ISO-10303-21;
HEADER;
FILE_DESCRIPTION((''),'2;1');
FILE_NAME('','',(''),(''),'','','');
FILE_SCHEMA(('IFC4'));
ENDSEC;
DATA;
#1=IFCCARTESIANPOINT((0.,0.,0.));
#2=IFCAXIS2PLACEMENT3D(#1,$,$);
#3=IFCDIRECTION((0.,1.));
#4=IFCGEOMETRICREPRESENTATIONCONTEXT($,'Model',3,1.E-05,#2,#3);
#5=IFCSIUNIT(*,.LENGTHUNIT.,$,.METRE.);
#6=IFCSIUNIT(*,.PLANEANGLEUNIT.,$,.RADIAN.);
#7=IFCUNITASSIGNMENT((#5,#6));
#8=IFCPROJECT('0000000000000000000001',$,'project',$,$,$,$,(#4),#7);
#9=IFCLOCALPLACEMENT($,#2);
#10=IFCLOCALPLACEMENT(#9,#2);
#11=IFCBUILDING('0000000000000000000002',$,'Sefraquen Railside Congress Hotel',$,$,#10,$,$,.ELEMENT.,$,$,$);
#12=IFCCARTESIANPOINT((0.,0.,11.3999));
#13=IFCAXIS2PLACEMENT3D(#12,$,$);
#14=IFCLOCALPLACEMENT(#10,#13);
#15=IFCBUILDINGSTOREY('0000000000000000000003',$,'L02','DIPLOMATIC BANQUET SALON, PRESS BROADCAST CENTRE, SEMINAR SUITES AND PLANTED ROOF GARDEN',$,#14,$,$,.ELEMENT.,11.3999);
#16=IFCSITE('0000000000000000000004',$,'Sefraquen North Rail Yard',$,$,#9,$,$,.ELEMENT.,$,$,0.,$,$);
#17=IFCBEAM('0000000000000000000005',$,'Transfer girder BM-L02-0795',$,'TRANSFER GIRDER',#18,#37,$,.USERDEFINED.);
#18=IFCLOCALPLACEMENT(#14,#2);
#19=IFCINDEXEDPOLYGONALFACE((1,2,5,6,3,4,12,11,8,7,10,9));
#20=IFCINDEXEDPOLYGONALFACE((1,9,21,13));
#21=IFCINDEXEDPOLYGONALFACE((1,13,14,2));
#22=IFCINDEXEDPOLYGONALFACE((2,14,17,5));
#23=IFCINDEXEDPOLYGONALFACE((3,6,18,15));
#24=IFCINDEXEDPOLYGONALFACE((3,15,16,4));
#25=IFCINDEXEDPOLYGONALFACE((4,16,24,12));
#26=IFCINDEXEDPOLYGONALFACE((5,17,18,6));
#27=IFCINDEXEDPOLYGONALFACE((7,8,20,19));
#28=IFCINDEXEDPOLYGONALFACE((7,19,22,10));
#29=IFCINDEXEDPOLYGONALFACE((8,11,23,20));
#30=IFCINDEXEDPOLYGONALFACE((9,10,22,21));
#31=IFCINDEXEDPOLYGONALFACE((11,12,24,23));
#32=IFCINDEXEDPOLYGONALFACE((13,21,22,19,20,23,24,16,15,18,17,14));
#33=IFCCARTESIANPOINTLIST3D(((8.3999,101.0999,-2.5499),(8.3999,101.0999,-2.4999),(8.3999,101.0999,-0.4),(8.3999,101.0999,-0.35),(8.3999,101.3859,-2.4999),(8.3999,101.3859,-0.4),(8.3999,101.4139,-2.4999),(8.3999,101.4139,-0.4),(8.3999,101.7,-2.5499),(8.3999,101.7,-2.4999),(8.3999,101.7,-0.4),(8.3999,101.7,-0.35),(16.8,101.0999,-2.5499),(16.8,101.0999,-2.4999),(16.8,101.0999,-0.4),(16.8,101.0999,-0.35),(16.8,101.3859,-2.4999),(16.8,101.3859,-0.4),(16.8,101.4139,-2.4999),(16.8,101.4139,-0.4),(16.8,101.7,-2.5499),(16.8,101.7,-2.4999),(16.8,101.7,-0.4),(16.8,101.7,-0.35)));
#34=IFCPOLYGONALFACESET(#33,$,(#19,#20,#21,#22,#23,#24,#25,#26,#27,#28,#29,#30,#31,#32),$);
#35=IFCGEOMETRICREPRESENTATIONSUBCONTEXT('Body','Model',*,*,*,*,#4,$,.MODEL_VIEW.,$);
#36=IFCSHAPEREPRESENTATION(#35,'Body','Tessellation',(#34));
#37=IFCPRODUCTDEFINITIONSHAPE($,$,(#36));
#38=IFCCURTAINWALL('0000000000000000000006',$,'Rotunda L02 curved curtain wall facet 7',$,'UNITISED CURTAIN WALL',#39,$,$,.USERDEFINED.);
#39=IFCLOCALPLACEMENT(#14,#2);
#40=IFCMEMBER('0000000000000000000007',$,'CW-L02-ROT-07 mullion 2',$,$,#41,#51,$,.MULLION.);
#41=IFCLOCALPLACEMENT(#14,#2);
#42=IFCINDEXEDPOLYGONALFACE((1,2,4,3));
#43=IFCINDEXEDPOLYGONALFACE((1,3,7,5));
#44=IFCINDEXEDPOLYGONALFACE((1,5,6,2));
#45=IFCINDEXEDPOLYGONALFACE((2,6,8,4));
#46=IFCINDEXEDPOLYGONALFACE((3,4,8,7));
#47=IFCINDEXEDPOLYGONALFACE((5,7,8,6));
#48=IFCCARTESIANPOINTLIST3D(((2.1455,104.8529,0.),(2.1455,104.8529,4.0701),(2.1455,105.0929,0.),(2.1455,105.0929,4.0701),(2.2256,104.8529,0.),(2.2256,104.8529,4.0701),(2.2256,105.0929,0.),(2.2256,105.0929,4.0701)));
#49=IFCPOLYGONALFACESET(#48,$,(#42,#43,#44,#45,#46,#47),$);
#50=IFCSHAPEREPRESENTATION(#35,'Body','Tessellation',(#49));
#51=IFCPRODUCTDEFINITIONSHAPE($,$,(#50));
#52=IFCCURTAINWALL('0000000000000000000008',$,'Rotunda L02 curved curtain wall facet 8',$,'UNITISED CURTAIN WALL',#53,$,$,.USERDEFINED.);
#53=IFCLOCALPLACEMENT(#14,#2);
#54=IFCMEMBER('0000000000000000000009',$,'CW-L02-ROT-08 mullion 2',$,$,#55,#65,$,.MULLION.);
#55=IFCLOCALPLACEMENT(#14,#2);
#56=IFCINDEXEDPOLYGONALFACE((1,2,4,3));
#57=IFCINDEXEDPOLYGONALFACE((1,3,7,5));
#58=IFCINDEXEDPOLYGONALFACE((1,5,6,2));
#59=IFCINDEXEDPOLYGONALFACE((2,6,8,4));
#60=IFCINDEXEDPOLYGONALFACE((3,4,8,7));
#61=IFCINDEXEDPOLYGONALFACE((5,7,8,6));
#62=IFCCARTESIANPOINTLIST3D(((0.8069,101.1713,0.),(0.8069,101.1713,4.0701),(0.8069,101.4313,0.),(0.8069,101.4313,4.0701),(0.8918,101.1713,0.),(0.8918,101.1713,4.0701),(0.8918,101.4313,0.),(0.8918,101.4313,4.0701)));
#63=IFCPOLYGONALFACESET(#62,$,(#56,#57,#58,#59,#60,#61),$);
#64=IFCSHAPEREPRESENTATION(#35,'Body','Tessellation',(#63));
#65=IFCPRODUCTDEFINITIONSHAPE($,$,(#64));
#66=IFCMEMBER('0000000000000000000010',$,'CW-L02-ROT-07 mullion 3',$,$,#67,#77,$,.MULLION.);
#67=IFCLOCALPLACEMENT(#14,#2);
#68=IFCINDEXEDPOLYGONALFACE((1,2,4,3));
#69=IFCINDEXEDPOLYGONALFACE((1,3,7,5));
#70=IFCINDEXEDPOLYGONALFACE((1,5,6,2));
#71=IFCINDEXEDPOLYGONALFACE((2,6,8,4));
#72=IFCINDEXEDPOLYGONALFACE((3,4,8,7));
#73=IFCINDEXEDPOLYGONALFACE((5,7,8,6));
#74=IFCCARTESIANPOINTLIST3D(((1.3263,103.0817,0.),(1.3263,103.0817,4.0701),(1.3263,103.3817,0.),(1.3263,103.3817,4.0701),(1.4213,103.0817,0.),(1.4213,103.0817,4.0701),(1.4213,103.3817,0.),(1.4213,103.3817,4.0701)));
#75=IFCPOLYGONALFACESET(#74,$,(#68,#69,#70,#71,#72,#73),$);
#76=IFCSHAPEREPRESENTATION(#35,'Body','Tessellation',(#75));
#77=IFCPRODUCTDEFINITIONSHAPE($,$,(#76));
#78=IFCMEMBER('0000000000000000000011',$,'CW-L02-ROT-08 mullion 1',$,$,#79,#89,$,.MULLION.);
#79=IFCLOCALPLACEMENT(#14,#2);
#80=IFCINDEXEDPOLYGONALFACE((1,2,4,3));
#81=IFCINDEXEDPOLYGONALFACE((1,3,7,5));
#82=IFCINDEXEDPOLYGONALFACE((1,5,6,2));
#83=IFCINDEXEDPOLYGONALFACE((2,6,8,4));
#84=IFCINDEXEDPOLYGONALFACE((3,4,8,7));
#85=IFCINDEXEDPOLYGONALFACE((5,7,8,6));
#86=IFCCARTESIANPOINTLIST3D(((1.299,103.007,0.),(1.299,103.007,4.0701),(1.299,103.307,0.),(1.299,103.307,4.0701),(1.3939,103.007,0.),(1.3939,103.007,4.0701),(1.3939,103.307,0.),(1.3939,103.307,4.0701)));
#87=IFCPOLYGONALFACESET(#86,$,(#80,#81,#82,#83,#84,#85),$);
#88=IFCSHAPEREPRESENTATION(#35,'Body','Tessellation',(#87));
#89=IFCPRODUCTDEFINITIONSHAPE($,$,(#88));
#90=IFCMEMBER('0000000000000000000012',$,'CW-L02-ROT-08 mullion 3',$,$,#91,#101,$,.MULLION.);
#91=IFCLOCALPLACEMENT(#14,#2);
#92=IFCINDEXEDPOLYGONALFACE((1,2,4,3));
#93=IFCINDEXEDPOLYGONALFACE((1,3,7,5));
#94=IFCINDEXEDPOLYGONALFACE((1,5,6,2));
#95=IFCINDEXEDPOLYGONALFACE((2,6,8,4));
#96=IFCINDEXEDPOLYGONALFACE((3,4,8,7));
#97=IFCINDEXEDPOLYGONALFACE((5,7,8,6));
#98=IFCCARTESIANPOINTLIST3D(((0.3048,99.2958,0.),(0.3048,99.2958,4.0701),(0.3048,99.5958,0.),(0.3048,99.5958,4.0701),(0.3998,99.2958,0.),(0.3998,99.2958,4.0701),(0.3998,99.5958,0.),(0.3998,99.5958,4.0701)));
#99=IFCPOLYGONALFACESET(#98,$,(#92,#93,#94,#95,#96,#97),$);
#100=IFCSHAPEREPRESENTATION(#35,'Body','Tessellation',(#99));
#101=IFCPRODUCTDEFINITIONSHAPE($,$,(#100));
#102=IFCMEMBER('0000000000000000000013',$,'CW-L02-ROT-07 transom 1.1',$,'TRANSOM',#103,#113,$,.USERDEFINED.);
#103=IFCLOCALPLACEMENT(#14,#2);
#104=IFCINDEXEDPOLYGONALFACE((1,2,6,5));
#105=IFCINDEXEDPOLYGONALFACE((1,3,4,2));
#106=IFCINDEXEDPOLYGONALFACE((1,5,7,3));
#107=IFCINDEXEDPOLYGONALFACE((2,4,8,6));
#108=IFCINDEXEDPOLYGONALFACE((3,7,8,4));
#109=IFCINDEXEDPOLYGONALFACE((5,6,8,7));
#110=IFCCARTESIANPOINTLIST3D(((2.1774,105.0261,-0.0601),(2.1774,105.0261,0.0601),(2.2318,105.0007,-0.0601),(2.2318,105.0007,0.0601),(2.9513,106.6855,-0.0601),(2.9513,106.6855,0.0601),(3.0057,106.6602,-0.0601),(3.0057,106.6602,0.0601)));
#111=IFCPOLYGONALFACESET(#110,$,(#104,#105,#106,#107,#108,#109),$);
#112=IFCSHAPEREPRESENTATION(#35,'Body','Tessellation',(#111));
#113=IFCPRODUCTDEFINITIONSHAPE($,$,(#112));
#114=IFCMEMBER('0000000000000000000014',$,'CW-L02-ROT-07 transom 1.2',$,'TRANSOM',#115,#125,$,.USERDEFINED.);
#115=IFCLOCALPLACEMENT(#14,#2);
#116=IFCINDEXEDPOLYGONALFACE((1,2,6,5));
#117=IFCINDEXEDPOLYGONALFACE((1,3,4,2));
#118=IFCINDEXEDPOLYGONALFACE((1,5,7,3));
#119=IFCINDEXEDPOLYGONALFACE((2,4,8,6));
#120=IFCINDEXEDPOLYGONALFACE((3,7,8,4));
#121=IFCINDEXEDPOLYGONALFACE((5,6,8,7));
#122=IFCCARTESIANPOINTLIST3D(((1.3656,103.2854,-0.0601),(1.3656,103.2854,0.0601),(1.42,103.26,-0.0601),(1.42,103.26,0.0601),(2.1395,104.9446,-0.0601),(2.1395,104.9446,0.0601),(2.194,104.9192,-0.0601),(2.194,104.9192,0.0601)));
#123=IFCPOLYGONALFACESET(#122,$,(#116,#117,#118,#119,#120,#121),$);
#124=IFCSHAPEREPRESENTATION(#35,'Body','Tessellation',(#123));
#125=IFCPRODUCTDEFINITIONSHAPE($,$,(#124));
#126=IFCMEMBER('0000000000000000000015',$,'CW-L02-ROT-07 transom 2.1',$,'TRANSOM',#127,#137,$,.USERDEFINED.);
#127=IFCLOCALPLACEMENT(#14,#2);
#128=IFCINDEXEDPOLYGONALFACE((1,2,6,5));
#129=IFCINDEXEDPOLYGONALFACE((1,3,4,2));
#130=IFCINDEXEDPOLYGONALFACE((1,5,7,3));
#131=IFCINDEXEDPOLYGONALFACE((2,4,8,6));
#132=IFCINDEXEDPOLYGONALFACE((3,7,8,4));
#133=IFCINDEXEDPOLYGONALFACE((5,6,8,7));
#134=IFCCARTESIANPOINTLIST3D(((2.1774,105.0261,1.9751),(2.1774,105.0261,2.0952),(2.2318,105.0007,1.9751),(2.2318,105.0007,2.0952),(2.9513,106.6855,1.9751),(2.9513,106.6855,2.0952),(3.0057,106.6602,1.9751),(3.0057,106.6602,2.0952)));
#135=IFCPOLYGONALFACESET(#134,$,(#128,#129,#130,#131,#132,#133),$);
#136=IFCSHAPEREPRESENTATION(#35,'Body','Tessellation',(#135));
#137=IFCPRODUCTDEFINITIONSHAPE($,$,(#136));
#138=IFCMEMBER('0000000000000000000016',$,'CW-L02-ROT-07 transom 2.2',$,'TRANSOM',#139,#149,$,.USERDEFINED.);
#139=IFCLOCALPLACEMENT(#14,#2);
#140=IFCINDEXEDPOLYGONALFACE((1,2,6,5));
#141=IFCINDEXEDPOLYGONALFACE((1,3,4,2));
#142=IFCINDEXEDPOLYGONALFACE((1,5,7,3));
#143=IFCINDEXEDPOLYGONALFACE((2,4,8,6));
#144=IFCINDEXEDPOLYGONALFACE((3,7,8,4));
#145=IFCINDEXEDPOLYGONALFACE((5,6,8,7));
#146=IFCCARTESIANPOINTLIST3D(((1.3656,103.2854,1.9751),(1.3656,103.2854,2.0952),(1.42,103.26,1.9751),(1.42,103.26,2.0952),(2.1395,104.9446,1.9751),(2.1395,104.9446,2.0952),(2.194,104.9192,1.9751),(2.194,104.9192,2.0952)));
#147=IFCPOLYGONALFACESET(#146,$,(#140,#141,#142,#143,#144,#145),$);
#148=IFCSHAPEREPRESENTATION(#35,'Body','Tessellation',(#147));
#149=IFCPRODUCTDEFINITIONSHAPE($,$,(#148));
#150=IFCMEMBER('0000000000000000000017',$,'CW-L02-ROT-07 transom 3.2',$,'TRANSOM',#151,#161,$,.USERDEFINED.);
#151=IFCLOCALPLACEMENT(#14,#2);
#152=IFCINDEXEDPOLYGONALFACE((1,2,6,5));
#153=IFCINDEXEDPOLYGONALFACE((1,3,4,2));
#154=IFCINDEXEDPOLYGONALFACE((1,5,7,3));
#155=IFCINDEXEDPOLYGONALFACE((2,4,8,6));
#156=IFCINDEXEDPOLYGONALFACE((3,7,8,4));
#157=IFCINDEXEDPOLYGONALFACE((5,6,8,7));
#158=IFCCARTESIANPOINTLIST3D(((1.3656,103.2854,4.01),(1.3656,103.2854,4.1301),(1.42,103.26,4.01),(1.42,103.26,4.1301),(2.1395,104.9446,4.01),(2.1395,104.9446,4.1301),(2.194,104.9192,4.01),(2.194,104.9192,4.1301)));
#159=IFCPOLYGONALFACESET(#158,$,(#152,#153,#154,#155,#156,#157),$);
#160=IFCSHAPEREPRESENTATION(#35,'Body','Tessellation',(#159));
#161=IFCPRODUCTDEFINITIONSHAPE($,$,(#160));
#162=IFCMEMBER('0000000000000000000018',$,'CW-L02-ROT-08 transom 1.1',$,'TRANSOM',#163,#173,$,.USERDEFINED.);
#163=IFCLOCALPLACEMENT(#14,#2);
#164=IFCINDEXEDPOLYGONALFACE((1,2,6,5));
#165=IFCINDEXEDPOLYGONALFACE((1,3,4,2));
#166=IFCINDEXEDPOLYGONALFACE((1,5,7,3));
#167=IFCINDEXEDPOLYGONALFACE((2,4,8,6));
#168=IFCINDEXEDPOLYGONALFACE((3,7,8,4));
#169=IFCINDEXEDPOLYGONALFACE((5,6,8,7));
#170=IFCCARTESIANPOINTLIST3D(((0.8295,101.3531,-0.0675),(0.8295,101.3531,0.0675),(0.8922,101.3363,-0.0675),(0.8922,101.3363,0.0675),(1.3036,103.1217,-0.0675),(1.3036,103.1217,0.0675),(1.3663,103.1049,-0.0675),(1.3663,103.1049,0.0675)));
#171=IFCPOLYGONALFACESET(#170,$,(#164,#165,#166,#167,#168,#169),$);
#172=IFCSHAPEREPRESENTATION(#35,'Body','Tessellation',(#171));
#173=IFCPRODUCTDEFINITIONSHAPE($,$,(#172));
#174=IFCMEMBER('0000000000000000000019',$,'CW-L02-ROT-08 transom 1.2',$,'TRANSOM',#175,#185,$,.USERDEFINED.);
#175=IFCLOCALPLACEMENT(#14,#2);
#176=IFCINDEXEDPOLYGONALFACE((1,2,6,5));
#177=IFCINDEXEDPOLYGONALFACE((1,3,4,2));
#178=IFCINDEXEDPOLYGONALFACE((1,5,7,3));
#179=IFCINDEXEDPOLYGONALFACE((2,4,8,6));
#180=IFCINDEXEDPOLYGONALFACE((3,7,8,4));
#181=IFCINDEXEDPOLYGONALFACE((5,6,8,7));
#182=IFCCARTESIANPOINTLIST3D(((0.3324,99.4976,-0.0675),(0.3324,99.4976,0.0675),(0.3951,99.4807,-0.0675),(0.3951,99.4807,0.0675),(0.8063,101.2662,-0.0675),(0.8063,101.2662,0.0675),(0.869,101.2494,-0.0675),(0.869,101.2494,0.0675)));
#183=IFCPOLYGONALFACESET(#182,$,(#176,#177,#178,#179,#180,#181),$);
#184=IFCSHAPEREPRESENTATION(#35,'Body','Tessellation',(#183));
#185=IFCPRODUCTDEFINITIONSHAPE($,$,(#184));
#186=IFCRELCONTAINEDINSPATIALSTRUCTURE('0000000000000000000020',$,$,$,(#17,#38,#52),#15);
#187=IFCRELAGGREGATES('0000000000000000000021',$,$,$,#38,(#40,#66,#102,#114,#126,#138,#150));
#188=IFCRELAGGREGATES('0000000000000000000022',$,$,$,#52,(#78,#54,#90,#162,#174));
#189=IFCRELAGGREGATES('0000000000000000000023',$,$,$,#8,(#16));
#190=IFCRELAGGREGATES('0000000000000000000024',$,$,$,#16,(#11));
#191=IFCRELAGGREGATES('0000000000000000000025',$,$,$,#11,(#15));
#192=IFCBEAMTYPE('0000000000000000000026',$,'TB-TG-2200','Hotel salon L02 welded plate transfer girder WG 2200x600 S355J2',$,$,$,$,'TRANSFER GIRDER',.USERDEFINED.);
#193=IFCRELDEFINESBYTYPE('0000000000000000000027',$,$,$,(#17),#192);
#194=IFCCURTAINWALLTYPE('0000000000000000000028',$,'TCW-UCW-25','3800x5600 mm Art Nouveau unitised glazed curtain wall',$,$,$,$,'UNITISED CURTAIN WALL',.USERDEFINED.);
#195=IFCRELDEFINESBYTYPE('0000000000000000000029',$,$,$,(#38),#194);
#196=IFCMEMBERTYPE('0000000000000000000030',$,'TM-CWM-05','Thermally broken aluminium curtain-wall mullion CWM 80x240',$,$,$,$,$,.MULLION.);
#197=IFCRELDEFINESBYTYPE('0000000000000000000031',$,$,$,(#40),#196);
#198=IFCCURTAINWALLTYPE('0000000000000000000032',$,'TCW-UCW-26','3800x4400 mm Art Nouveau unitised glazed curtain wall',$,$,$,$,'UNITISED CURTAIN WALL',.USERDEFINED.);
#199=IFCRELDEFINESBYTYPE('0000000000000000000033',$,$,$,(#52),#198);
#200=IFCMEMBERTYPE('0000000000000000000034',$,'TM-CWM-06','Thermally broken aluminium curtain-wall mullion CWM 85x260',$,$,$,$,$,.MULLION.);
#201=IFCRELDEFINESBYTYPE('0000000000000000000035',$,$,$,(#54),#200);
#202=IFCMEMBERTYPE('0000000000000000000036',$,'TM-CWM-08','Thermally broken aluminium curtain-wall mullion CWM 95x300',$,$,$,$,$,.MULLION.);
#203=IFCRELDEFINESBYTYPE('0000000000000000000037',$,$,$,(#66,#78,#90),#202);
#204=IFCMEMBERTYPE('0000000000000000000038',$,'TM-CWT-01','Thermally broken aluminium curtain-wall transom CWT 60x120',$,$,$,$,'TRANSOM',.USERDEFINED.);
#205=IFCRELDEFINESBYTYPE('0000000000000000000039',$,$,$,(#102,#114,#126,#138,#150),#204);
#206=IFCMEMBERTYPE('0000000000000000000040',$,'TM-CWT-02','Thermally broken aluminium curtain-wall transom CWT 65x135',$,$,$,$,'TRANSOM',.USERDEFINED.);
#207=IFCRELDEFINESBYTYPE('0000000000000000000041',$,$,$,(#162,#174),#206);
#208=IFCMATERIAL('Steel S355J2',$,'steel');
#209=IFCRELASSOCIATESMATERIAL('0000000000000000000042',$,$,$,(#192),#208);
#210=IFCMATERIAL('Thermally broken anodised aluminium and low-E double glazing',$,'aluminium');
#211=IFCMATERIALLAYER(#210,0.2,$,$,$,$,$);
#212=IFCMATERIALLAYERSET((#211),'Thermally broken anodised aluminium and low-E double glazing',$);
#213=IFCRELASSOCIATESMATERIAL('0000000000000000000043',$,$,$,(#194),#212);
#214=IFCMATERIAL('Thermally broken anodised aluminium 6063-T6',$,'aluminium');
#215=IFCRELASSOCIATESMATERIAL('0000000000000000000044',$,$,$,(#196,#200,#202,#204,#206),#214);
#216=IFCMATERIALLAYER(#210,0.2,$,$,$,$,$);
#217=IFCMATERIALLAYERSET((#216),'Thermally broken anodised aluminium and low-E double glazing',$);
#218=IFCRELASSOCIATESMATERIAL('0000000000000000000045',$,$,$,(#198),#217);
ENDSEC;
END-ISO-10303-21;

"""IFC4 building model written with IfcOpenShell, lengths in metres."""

from ifc_helpers import new_model, si_unit, direction, frame, origin, origin_2d, place, context, subcontext, project, spatial, rectangle, i_section, extrude, material, layer, layer_set, material_profile, profile_set, type_object, element, aggregate, save


model = new_model("IFC4")

# Units and contexts
model_context = context("Model", 3, precision=1e-05, world=origin(), true_north=direction((0.0, 1.0)))
body_context = subcontext(model_context, "Body", "Model", "MODEL_VIEW")
ifc_project = project(units=[si_unit("LENGTHUNIT", "METRE"), si_unit("PLANEANGLEUNIT", "RADIAN")], contexts=[model_context])

# Site, building, storey
site_placement = place(None, origin())
site = spatial("IfcSite", under=ifc_project, at=site_placement, Name="Sefraquen North Rail Yard", CompositionType="ELEMENT", RefElevation=0.0)
building_placement = place(site_placement, origin())
building = spatial("IfcBuilding", under=site, at=building_placement, Name="Sefraquen Railside Congress Hotel", CompositionType="ELEMENT")
storey_placement = place(building_placement, frame((0.0, 0.0, 11.3999)))
storey = spatial("IfcBuildingStorey", under=building, at=storey_placement, Name="L02", Description="DIPLOMATIC BANQUET SALON, PRESS BROADCAST CENTRE, SEMINAR SUITES AND PLANTED ROOF GARDEN", CompositionType="ELEMENT", Elevation=11.3999)

# Beam
ifc_material_1 = material(Name="Steel S355J2", Category="steel")
ifc_material_profile_1 = material_profile(ifc_material_1, i_section(OverallWidth=0.6001, OverallDepth=2.2, WebThickness=0.0281, FlangeThickness=0.05, at=origin_2d()), Name="WG 2200x600")
ifc_profile_set_1 = profile_set([ifc_material_profile_1], Name="Steel S355J2")
beam_type_1 = type_object("IfcBeamType", Name="TB-TG-2200", Description="Hotel salon L02 welded plate transfer girder WG 2200x600 S355J2", ElementType="TRANSFER GIRDER", PredefinedType="USERDEFINED", material=ifc_profile_set_1)
beam_1_placement = place(storey_placement, frame((8.3999, 101.3999, -1.45), z_axis=(1.0, 0.0, 0.0), x_axis=(0.0, 1.0, 0.0)))
element("IfcBeam", 1, at=beam_1_placement, inside=storey, type_object=beam_type_1, Name="Transfer girder BM-L02-0795", ObjectType="TRANSFER GIRDER", PredefinedType="USERDEFINED", context=body_context, shape_type="SweptSolid", body=[
    extrude(i_section(OverallWidth=0.6001, OverallDepth=2.2, WebThickness=0.0281, FlangeThickness=0.05, at=origin_2d()), origin(), (0.0, 0.0, 1.0), 8.4001),
])

# Curtain walls, members
ifc_material_2 = material(Name="Thermally broken anodised aluminium and low-E double glazing", Category="aluminium")
ifc_layer_1 = layer(ifc_material_2, 0.2)
ifc_layer_set_1 = layer_set([ifc_layer_1], Name="Thermally broken anodised aluminium and low-E double glazing")
curtain_wall_type_1 = type_object("IfcCurtainWallType", Name="TCW-UCW-25", Description="3800x5600 mm Art Nouveau unitised glazed curtain wall", ElementType="UNITISED CURTAIN WALL", PredefinedType="USERDEFINED", material=ifc_layer_set_1)
curtain_wall_1_placement = place(storey_placement, origin())
curtain_wall_1 = element("IfcCurtainWall", 2, at=curtain_wall_1_placement, inside=storey, type_object=curtain_wall_type_1, Name="Rotunda L02 curved curtain wall facet 7", ObjectType="UNITISED CURTAIN WALL", PredefinedType="USERDEFINED")
ifc_material_3 = material(Name="Thermally broken anodised aluminium 6063-T6", Category="aluminium")
ifc_material_profile_2 = material_profile(ifc_material_3, rectangle(XDim=0.0801, YDim=0.24, at=origin_2d()), Name="CWM 80x240")
ifc_profile_set_2 = profile_set([ifc_material_profile_2], Name="Thermally broken anodised aluminium 6063-T6")
member_type_1 = type_object("IfcMemberType", Name="TM-CWM-05", Description="Thermally broken aluminium curtain-wall mullion CWM 80x240", PredefinedType="MULLION", material=ifc_profile_set_2)
member_1_placement = place(storey_placement, frame((2.1855, 104.9729, 0.0), z_axis=(0.0, 0.0, 1.0), x_axis=(1.0, 0.0, 0.0)))
member_1 = element("IfcMember", 3, at=member_1_placement, type_object=member_type_1, Name="CW-L02-ROT-07 mullion 2", PredefinedType="MULLION", context=body_context, shape_type="SweptSolid", body=[
    extrude(rectangle(XDim=0.0801, YDim=0.24, at=origin_2d()), origin(), (0.0, 0.0, 1.0), 4.0701),
])
ifc_layer_2 = layer(ifc_material_2, 0.2)
ifc_layer_set_2 = layer_set([ifc_layer_2], Name="Thermally broken anodised aluminium and low-E double glazing")
curtain_wall_type_2 = type_object("IfcCurtainWallType", Name="TCW-UCW-26", Description="3800x4400 mm Art Nouveau unitised glazed curtain wall", ElementType="UNITISED CURTAIN WALL", PredefinedType="USERDEFINED", material=ifc_layer_set_2)
curtain_wall_2_placement = place(storey_placement, origin())
curtain_wall_2 = element("IfcCurtainWall", 4, at=curtain_wall_2_placement, inside=storey, type_object=curtain_wall_type_2, Name="Rotunda L02 curved curtain wall facet 8", ObjectType="UNITISED CURTAIN WALL", PredefinedType="USERDEFINED")
ifc_material_profile_3 = material_profile(ifc_material_3, rectangle(XDim=0.085, YDim=0.26, at=origin_2d()), Name="CWM 85x260")
ifc_profile_set_3 = profile_set([ifc_material_profile_3], Name="Thermally broken anodised aluminium 6063-T6")
member_type_2 = type_object("IfcMemberType", Name="TM-CWM-06", Description="Thermally broken aluminium curtain-wall mullion CWM 85x260", PredefinedType="MULLION", material=ifc_profile_set_3)
member_2_placement = place(storey_placement, frame((0.8494, 101.3013, 0.0), z_axis=(0.0, 0.0, 1.0), x_axis=(1.0, 0.0, 0.0)))
member_2 = element("IfcMember", 5, at=member_2_placement, type_object=member_type_2, Name="CW-L02-ROT-08 mullion 2", PredefinedType="MULLION", context=body_context, shape_type="SweptSolid", body=[
    extrude(rectangle(XDim=0.085, YDim=0.26, at=origin_2d()), origin(), (0.0, 0.0, 1.0), 4.0701),
])

# Members
ifc_material_profile_4 = material_profile(ifc_material_3, rectangle(XDim=0.095, YDim=0.3, at=origin_2d()), Name="CWM 95x300")
ifc_profile_set_4 = profile_set([ifc_material_profile_4], Name="Thermally broken anodised aluminium 6063-T6")
member_type_3 = type_object("IfcMemberType", Name="TM-CWM-08", Description="Thermally broken aluminium curtain-wall mullion CWM 95x300", PredefinedType="MULLION", material=ifc_profile_set_4)
member_3_placement = place(storey_placement, frame((1.3738, 103.2317, 0.0), z_axis=(0.0, 0.0, 1.0), x_axis=(1.0, 0.0, 0.0)))
member_3 = element("IfcMember", 6, at=member_3_placement, type_object=member_type_3, Name="CW-L02-ROT-07 mullion 3", PredefinedType="MULLION", context=body_context, shape_type="SweptSolid", body=[
    extrude(rectangle(XDim=0.095, YDim=0.3, at=origin_2d()), origin(), (0.0, 0.0, 1.0), 4.0701),
])
member_4_placement = place(storey_placement, frame((1.3464, 103.157, 0.0), z_axis=(0.0, 0.0, 1.0), x_axis=(1.0, 0.0, 0.0)))
member_4 = element("IfcMember", 7, at=member_4_placement, type_object=member_type_3, Name="CW-L02-ROT-08 mullion 1", PredefinedType="MULLION", context=body_context, shape_type="SweptSolid", body=[
    extrude(rectangle(XDim=0.095, YDim=0.3, at=origin_2d()), origin(), (0.0, 0.0, 1.0), 4.0701),
])
member_5_placement = place(storey_placement, frame((0.3523, 99.4458, 0.0), z_axis=(0.0, 0.0, 1.0), x_axis=(1.0, 0.0, 0.0)))
member_5 = element("IfcMember", 8, at=member_5_placement, type_object=member_type_3, Name="CW-L02-ROT-08 mullion 3", PredefinedType="MULLION", context=body_context, shape_type="SweptSolid", body=[
    extrude(rectangle(XDim=0.095, YDim=0.3, at=origin_2d()), origin(), (0.0, 0.0, 1.0), 4.0701),
])
ifc_material_profile_5 = material_profile(ifc_material_3, rectangle(XDim=0.0601, YDim=0.1201, at=origin_2d()), Name="CWT 60x120")
ifc_profile_set_5 = profile_set([ifc_material_profile_5], Name="Thermally broken anodised aluminium 6063-T6")
member_type_4 = type_object("IfcMemberType", Name="TM-CWT-01", Description="Thermally broken aluminium curtain-wall transom CWT 60x120", ElementType="TRANSOM", PredefinedType="USERDEFINED", material=ifc_profile_set_5)
member_6_placement = place(storey_placement, frame((2.9785, 106.6729, 0.0), z_axis=(-0.422674, -0.906282, 0.0), x_axis=(0.906282, -0.422674, 0.0)))
member_6 = element("IfcMember", 9, at=member_6_placement, type_object=member_type_4, Name="CW-L02-ROT-07 transom 1.1", ObjectType="TRANSOM", PredefinedType="USERDEFINED", context=body_context, shape_type="SweptSolid", body=[
    extrude(rectangle(XDim=0.0601, YDim=0.1201, at=origin_2d()), origin(), (0.0, 0.0, 1.0), 1.8311),
])
member_7_placement = place(storey_placement, frame((2.1667, 104.9319, 0.0), z_axis=(-0.422725, -0.906258, 0.0), x_axis=(0.906258, -0.422725, 0.0)))
member_7 = element("IfcMember", 10, at=member_7_placement, type_object=member_type_4, Name="CW-L02-ROT-07 transom 1.2", ObjectType="TRANSOM", PredefinedType="USERDEFINED", context=body_context, shape_type="SweptSolid", body=[
    extrude(rectangle(XDim=0.0601, YDim=0.1201, at=origin_2d()), origin(), (0.0, 0.0, 1.0), 1.8308),
])
member_8_placement = place(storey_placement, frame((2.9785, 106.6729, 2.0352), z_axis=(-0.422674, -0.906282, 0.0), x_axis=(0.906282, -0.422674, 0.0)))
member_8 = element("IfcMember", 11, at=member_8_placement, type_object=member_type_4, Name="CW-L02-ROT-07 transom 2.1", ObjectType="TRANSOM", PredefinedType="USERDEFINED", context=body_context, shape_type="SweptSolid", body=[
    extrude(rectangle(XDim=0.0601, YDim=0.1201, at=origin_2d()), origin(), (0.0, 0.0, 1.0), 1.8311),
])
member_9_placement = place(storey_placement, frame((2.1667, 104.9319, 2.0352), z_axis=(-0.422725, -0.906258, 0.0), x_axis=(0.906258, -0.422725, 0.0)))
member_9 = element("IfcMember", 12, at=member_9_placement, type_object=member_type_4, Name="CW-L02-ROT-07 transom 2.2", ObjectType="TRANSOM", PredefinedType="USERDEFINED", context=body_context, shape_type="SweptSolid", body=[
    extrude(rectangle(XDim=0.0601, YDim=0.1201, at=origin_2d()), origin(), (0.0, 0.0, 1.0), 1.8308),
])
member_10_placement = place(storey_placement, frame((2.1667, 104.9319, 4.0701), z_axis=(-0.422725, -0.906258, 0.0), x_axis=(0.906258, -0.422725, 0.0)))
member_10 = element("IfcMember", 13, at=member_10_placement, type_object=member_type_4, Name="CW-L02-ROT-07 transom 3.2", ObjectType="TRANSOM", PredefinedType="USERDEFINED", context=body_context, shape_type="SweptSolid", body=[
    extrude(rectangle(XDim=0.0601, YDim=0.1201, at=origin_2d()), origin(), (0.0, 0.0, 1.0), 1.8308),
])
ifc_material_profile_6 = material_profile(ifc_material_3, rectangle(XDim=0.0649, YDim=0.135, at=origin_2d()), Name="CWT 65x135")
ifc_profile_set_6 = profile_set([ifc_material_profile_6], Name="Thermally broken anodised aluminium 6063-T6")
member_type_5 = type_object("IfcMemberType", Name="TM-CWT-02", Description="Thermally broken aluminium curtain-wall transom CWT 65x135", ElementType="TRANSOM", PredefinedType="USERDEFINED", material=ifc_profile_set_6)
member_11_placement = place(storey_placement, frame((1.335, 103.1133, 0.0), z_axis=(-0.25894, -0.965893, 0.0), x_axis=(0.965893, -0.25894, 0.0)))
member_11 = element("IfcMember", 14, at=member_11_placement, type_object=member_type_5, Name="CW-L02-ROT-08 transom 1.1", ObjectType="TRANSOM", PredefinedType="USERDEFINED", context=body_context, shape_type="SweptSolid", body=[
    extrude(rectangle(XDim=0.0649, YDim=0.135, at=origin_2d()), origin(), (0.0, 0.0, 1.0), 1.8311),
])
member_12_placement = place(storey_placement, frame((0.8376, 101.2578, 0.0), z_axis=(-0.258816, -0.965927, 0.0), x_axis=(0.965927, -0.258816, 0.0)))
member_12 = element("IfcMember", 15, at=member_12_placement, type_object=member_type_5, Name="CW-L02-ROT-08 transom 1.2", ObjectType="TRANSOM", PredefinedType="USERDEFINED", context=body_context, shape_type="SweptSolid", body=[
    extrude(rectangle(XDim=0.0649, YDim=0.135, at=origin_2d()), origin(), (0.0, 0.0, 1.0), 1.8311),
])

aggregate(curtain_wall_1, [member_1, member_3, member_6, member_7, member_8, member_9, member_10])
aggregate(curtain_wall_2, [member_4, member_2, member_5, member_11, member_12])

save(model, "model.ifc")
